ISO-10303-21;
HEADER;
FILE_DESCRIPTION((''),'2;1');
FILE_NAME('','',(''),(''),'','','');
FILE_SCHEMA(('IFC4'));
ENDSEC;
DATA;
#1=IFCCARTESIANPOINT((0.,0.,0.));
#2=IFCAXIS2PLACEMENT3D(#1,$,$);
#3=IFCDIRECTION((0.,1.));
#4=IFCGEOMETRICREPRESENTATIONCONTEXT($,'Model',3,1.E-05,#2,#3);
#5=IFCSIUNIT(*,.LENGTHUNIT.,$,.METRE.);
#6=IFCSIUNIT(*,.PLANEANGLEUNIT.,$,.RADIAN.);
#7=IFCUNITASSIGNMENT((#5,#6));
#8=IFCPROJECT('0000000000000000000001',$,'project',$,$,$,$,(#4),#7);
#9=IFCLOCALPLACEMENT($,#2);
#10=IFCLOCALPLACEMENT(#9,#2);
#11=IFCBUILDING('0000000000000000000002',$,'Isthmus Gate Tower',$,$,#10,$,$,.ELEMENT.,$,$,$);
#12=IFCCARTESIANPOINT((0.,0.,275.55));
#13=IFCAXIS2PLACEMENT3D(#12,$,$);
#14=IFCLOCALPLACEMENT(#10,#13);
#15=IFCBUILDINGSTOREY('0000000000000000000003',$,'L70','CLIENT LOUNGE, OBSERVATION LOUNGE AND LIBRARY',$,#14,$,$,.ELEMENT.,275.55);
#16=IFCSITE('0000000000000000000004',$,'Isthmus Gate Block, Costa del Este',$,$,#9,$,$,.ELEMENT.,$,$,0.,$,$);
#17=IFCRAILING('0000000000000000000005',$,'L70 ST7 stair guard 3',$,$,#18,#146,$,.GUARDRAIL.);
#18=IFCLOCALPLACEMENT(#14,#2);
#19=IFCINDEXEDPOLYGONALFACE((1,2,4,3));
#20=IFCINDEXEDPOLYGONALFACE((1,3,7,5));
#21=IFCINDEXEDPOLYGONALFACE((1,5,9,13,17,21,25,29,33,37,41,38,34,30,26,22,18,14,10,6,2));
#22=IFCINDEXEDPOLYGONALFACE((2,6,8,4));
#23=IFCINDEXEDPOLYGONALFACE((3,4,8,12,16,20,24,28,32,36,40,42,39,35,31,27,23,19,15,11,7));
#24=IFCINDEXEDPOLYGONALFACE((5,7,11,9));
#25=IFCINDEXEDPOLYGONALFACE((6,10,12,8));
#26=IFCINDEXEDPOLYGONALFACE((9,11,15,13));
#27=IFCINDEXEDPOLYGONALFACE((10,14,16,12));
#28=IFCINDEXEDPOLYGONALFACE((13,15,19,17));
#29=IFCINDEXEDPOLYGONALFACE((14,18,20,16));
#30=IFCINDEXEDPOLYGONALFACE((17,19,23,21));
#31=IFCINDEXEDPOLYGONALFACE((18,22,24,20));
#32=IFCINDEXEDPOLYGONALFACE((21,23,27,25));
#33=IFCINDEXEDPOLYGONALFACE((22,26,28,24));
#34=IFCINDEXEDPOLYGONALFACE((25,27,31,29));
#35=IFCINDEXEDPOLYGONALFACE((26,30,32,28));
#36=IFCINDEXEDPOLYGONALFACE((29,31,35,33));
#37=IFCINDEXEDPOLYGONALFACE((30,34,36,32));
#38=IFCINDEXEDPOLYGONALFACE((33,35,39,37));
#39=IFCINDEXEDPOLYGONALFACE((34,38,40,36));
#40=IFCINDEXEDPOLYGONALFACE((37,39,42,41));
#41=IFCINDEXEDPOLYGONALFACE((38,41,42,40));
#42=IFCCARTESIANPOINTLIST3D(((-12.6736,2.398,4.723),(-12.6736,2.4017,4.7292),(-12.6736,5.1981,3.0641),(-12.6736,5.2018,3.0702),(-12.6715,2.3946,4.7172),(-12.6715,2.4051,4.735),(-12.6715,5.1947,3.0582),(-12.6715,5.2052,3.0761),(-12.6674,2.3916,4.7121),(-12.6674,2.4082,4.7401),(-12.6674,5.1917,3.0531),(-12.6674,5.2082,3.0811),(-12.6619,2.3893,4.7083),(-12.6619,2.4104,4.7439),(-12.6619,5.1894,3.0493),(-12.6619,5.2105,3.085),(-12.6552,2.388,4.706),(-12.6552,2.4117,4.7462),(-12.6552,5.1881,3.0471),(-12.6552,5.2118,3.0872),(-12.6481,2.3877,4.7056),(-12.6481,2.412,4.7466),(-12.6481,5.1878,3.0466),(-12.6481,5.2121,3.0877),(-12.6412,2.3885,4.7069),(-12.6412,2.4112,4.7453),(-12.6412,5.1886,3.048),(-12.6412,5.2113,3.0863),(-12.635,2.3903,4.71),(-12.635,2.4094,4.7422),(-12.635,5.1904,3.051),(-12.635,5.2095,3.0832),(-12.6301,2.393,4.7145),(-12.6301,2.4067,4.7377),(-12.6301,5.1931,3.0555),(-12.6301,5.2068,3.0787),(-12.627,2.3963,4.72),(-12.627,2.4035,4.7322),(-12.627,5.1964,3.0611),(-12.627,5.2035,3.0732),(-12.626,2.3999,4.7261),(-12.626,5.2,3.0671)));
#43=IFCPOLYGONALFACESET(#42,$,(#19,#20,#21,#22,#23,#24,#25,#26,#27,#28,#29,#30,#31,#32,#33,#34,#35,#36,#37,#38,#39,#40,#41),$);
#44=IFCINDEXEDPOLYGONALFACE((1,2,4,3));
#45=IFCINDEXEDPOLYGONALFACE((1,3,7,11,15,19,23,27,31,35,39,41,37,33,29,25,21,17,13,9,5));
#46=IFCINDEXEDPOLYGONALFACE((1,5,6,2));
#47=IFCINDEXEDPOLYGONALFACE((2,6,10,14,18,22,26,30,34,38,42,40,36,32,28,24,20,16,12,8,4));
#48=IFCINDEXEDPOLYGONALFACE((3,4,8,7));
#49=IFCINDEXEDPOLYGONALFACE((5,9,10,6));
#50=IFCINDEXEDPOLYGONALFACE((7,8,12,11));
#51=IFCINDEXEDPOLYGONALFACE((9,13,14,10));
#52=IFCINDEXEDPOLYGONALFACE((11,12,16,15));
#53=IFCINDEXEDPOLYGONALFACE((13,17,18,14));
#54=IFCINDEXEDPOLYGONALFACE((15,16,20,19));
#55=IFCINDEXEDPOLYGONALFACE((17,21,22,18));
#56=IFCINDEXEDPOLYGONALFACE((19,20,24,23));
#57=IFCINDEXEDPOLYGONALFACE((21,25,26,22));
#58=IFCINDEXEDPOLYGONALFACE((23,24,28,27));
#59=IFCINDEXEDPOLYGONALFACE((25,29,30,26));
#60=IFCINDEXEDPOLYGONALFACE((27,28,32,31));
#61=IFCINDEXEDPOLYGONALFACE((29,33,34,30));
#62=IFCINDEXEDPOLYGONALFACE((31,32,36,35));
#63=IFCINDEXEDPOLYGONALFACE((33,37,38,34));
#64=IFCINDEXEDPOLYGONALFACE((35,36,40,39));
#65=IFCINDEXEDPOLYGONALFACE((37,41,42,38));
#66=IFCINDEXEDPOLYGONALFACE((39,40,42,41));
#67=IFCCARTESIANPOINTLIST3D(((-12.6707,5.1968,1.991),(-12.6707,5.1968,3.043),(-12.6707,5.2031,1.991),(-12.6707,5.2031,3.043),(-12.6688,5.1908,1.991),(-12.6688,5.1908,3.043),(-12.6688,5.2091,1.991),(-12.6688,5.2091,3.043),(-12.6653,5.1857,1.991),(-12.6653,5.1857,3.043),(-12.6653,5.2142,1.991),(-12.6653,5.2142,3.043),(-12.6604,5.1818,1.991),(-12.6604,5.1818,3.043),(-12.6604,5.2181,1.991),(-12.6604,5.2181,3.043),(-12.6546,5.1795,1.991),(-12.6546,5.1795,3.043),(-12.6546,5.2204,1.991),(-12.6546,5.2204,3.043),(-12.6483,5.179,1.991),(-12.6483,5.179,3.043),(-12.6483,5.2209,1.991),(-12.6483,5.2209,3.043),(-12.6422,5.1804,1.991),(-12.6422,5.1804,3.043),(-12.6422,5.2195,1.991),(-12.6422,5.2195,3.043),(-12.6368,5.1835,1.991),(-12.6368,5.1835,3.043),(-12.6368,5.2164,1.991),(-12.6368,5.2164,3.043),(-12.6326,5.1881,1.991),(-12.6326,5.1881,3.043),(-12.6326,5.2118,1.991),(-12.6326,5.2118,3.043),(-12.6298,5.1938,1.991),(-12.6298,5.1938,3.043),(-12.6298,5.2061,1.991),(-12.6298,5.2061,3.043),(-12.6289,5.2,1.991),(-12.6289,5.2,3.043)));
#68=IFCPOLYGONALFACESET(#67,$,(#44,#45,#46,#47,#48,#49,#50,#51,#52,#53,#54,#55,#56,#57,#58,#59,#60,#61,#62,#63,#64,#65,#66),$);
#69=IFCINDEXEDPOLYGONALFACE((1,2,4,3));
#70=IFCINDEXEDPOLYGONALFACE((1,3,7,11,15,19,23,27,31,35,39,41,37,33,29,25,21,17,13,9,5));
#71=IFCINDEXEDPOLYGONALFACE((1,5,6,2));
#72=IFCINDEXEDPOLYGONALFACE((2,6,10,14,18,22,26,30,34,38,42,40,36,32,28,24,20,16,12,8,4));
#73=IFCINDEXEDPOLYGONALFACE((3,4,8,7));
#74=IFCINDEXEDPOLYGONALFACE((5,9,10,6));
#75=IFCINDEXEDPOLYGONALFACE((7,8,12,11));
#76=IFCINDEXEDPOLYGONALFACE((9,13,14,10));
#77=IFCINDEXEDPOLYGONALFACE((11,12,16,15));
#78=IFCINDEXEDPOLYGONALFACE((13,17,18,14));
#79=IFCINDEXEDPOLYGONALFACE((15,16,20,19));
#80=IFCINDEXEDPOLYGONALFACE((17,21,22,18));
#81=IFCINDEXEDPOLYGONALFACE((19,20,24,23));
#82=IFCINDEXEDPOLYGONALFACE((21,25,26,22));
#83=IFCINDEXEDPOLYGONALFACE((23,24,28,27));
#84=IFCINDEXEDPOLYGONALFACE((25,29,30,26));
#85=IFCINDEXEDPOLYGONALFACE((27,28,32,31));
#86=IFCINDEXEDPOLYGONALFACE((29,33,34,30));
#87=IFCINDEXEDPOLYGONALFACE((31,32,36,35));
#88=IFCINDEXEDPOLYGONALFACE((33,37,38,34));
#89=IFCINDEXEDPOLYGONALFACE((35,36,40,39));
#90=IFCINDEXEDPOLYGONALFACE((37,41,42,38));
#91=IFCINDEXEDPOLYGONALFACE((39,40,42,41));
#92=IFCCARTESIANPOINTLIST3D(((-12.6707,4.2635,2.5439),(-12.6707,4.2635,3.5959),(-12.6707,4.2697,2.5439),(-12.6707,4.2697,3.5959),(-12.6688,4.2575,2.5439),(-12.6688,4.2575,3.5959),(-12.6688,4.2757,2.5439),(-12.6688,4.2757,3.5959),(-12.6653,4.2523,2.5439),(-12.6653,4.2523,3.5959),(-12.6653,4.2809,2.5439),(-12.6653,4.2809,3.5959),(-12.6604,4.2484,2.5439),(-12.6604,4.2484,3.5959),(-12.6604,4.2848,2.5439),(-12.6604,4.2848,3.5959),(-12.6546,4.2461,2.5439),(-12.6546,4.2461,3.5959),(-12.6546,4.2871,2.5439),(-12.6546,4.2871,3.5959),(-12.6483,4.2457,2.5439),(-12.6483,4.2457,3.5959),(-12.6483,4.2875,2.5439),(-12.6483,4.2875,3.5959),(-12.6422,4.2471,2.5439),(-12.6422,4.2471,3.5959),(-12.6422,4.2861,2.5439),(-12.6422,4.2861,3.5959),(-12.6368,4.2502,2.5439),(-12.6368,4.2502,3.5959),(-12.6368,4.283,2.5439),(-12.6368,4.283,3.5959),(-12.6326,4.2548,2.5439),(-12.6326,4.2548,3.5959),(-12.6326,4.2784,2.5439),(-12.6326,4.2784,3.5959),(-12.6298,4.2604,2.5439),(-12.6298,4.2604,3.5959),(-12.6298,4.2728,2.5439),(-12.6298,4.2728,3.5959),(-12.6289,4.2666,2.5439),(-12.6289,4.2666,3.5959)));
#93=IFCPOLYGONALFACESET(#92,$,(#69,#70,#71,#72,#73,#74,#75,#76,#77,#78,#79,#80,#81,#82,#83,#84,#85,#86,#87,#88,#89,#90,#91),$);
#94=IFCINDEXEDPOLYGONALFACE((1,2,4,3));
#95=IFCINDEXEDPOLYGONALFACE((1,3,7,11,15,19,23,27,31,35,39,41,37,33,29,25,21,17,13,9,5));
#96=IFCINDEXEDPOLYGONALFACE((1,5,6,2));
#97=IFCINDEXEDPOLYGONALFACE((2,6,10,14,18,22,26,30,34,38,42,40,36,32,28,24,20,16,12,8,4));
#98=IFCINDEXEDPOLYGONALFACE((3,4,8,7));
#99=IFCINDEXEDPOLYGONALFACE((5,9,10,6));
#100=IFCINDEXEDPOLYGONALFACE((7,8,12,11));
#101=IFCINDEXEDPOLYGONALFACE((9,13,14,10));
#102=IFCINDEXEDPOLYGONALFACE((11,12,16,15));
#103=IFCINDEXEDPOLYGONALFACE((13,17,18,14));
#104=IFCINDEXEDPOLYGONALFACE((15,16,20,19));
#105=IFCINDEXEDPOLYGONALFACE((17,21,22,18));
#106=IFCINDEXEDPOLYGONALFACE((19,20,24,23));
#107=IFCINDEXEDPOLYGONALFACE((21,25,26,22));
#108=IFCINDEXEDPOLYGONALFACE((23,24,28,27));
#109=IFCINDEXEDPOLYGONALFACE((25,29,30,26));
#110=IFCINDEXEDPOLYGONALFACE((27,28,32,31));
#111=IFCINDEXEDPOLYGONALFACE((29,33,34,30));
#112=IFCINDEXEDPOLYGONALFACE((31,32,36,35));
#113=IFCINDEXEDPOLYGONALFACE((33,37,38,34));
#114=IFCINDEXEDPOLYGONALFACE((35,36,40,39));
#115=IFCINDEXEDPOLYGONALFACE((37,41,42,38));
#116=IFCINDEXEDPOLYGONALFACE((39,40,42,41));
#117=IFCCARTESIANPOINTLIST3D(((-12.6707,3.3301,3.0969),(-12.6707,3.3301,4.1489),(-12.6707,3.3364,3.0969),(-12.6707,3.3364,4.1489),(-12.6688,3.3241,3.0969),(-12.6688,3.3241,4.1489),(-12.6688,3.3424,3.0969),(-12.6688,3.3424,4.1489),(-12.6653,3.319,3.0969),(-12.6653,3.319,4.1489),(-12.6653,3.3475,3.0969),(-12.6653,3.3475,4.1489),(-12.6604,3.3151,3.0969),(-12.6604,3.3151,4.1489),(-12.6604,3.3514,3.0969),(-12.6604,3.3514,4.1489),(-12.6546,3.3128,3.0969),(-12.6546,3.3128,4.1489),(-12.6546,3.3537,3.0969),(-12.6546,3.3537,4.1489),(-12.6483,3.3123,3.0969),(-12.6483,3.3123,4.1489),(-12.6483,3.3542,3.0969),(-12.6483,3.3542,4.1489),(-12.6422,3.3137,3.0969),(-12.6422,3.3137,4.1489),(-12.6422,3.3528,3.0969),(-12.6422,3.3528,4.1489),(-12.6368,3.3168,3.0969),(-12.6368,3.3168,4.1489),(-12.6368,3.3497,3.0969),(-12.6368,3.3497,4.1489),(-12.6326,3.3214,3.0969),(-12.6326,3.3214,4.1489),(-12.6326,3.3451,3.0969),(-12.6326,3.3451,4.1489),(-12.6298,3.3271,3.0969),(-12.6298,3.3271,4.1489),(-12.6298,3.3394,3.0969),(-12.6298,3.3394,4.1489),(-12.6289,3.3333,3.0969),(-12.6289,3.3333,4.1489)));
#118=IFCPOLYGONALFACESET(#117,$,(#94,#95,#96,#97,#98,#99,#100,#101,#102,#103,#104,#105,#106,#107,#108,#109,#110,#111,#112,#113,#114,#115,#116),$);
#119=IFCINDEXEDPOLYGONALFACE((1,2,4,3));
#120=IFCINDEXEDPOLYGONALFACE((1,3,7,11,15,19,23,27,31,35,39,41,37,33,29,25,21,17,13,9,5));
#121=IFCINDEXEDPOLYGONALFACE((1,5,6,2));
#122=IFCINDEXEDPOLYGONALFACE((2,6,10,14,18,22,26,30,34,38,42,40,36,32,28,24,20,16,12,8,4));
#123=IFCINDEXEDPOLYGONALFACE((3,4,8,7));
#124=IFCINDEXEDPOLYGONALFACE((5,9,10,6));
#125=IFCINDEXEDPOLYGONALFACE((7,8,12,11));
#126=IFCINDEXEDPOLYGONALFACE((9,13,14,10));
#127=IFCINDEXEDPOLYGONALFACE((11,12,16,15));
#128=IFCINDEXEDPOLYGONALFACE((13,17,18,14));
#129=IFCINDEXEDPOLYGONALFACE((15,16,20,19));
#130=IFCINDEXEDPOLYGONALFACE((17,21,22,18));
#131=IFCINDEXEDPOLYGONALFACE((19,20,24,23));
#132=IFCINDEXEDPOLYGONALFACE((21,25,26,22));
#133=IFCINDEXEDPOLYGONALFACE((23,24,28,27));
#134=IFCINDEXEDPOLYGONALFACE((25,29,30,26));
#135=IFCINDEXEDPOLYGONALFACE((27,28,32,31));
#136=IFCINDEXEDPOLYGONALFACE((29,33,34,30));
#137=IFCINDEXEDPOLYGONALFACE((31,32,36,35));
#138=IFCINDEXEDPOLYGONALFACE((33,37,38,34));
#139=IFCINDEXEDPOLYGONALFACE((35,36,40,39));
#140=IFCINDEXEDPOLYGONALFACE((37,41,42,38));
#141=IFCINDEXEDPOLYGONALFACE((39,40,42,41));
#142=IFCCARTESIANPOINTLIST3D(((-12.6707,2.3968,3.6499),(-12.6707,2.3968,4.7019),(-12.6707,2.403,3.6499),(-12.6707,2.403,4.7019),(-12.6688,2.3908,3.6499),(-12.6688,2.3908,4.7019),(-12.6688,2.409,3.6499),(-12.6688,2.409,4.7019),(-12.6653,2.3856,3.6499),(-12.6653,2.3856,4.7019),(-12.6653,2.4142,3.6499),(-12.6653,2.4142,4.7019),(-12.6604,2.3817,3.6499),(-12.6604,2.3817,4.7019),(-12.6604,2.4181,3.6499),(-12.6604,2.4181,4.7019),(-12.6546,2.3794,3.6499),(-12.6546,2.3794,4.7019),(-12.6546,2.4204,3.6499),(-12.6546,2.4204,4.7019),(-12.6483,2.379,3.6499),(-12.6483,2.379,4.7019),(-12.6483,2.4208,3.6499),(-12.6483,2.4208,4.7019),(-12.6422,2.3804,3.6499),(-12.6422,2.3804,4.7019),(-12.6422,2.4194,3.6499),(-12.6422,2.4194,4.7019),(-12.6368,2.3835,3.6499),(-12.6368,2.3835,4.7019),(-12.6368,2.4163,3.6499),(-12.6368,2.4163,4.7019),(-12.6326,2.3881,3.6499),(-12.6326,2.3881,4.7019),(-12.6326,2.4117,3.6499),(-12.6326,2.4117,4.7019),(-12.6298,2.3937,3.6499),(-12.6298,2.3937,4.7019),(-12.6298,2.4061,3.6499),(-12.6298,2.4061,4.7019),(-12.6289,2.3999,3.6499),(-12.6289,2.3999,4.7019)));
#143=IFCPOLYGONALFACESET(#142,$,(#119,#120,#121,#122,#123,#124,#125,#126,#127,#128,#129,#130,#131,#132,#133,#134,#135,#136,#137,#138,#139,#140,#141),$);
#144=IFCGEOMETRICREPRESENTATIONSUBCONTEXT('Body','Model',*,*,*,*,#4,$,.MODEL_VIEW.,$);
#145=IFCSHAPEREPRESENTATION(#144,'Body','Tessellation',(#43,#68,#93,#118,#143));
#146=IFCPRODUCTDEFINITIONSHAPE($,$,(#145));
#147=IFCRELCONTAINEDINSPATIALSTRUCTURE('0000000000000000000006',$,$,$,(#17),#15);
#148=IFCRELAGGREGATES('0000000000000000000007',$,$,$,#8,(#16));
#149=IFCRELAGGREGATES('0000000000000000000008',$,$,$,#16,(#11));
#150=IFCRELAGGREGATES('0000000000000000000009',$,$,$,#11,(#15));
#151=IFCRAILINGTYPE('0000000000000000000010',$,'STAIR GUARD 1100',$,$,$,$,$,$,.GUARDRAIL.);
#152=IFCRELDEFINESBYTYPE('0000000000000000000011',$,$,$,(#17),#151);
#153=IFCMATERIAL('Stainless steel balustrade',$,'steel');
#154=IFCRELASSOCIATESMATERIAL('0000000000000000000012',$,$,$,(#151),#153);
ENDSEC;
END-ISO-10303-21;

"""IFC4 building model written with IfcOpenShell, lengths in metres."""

from ifc_helpers import new_model, si_unit, direction, frame, origin, origin_2d, place, context, subcontext, project, spatial, circle, extrude, material, type_object, element, save


model = new_model("IFC4")

# Units and contexts
model_context = context("Model", 3, precision=1e-05, world=origin(), true_north=direction((0.0, 1.0)))
body_context = subcontext(model_context, "Body", "Model", "MODEL_VIEW")
ifc_project = project(units=[si_unit("LENGTHUNIT", "METRE"), si_unit("PLANEANGLEUNIT", "RADIAN")], contexts=[model_context])

# Site, building, storey
site_placement = place(None, origin())
site = spatial("IfcSite", under=ifc_project, at=site_placement, Name="Isthmus Gate Block, Costa del Este", CompositionType="ELEMENT", RefElevation=0.0)
building_placement = place(site_placement, origin())
building = spatial("IfcBuilding", under=site, at=building_placement, Name="Isthmus Gate Tower", CompositionType="ELEMENT")
storey_placement = place(building_placement, frame((0.0, 0.0, 275.55)))
storey = spatial("IfcBuildingStorey", under=building, at=storey_placement, Name="L70", Description="CLIENT LOUNGE, OBSERVATION LOUNGE AND LIBRARY", CompositionType="ELEMENT", Elevation=275.55)

# Railing
ifc_material_1 = material(Name="Stainless steel balustrade", Category="steel")
railing_type_1 = type_object("IfcRailingType", Name="STAIR GUARD 1100", PredefinedType="GUARDRAIL", material=ifc_material_1)
railing_1_placement = place(storey_placement, frame((-12.6499, 5.2, 1.991)))
element("IfcRailing", 1, at=railing_1_placement, inside=storey, type_object=railing_type_1, Name="L70 ST7 stair guard 3", PredefinedType="GUARDRAIL", context=body_context, shape_type="SweptSolid", body=[
    extrude(circle(Radius=0.0239, at=origin_2d()), frame((0.0, 0.0, 1.0762), z_axis=(0.0, -0.860339, 0.509722), x_axis=(1.0, 0.0, 0.0)), (0.0, 0.0, 1.0), 3.2546),
    extrude(circle(Radius=0.021, at=origin_2d()), origin(), (0.0, 0.0, 1.0), 1.052),
    extrude(circle(Radius=0.021, at=origin_2d()), frame((0.0, -0.9333, 0.553)), (0.0, 0.0, 1.0), 1.052),
    extrude(circle(Radius=0.021, at=origin_2d()), frame((0.0, -1.8667, 1.106)), (0.0, 0.0, 1.0), 1.052),
    extrude(circle(Radius=0.021, at=origin_2d()), frame((0.0, -2.8, 1.6589)), (0.0, 0.0, 1.0), 1.052),
])

save(model, "model.ifc")
